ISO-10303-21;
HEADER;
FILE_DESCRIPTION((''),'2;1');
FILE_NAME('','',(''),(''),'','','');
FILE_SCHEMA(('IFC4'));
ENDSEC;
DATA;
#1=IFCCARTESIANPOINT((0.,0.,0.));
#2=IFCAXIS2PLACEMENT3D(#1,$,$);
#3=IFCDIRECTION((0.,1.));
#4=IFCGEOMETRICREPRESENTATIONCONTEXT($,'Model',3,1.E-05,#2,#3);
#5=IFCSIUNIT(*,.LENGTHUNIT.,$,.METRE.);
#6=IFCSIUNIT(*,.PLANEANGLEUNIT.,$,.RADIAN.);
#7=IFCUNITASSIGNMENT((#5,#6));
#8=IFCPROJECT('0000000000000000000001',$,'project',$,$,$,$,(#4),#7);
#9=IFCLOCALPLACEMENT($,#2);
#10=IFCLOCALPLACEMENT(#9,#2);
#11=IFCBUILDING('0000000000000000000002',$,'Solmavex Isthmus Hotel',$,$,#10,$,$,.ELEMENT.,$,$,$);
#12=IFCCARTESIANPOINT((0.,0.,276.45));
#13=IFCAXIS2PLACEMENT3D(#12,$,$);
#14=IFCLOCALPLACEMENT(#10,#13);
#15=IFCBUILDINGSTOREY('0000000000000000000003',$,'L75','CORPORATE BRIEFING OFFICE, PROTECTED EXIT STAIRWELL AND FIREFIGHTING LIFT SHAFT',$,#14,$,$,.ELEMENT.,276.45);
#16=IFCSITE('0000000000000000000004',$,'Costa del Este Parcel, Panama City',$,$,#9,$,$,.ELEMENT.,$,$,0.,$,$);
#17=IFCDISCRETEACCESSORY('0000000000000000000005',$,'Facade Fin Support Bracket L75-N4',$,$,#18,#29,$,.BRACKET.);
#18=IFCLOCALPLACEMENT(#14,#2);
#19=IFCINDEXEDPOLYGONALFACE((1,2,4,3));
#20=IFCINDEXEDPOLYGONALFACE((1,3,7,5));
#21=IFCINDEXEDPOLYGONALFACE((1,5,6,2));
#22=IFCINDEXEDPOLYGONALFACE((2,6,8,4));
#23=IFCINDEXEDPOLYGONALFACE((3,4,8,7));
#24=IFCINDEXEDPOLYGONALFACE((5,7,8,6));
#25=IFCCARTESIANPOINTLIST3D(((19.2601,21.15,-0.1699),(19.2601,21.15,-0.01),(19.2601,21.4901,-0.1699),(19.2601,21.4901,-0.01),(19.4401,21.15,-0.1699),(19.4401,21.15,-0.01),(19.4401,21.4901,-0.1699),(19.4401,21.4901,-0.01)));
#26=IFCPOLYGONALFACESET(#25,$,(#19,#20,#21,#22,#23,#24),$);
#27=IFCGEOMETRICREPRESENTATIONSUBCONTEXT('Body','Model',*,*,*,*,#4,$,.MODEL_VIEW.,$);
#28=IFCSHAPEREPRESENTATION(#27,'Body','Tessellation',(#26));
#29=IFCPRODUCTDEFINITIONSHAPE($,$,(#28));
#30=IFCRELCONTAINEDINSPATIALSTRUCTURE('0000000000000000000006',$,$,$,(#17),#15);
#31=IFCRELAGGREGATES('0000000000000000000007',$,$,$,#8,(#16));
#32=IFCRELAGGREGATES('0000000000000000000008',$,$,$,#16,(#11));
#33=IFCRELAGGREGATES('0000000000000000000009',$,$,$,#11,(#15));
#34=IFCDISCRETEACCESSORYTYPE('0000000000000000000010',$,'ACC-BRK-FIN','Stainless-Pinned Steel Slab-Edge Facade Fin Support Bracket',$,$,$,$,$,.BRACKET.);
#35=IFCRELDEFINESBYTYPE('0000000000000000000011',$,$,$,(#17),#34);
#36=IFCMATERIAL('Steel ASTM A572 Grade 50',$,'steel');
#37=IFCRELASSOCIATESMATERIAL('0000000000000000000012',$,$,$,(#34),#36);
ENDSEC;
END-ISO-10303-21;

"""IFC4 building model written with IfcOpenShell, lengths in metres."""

from ifc_helpers import new_model, si_unit, direction, frame, origin, origin_2d, place, context, subcontext, project, spatial, rectangle, extrude, material, type_object, element, save


model = new_model("IFC4")

# Units and contexts
model_context = context("Model", 3, precision=1e-05, world=origin(), true_north=direction((0.0, 1.0)))
body_context = subcontext(model_context, "Body", "Model", "MODEL_VIEW")
ifc_project = project(units=[si_unit("LENGTHUNIT", "METRE"), si_unit("PLANEANGLEUNIT", "RADIAN")], contexts=[model_context])

# Site, building, storey
site_placement = place(None, origin())
site = spatial("IfcSite", under=ifc_project, at=site_placement, Name="Costa del Este Parcel, Panama City", CompositionType="ELEMENT", RefElevation=0.0)
building_placement = place(site_placement, origin())
building = spatial("IfcBuilding", under=site, at=building_placement, Name="Solmavex Isthmus Hotel", CompositionType="ELEMENT")
storey_placement = place(building_placement, frame((0.0, 0.0, 276.45)))
storey = spatial("IfcBuildingStorey", under=building, at=storey_placement, Name="L75", Description="CORPORATE BRIEFING OFFICE, PROTECTED EXIT STAIRWELL AND FIREFIGHTING LIFT SHAFT", CompositionType="ELEMENT", Elevation=276.45)

# Discrete accessory
ifc_material_1 = material(Name="Steel ASTM A572 Grade 50", Category="steel")
discrete_accessory_type = type_object("IfcDiscreteAccessoryType", Name="ACC-BRK-FIN", Description="Stainless-Pinned Steel Slab-Edge Facade Fin Support Bracket", PredefinedType="BRACKET", material=ifc_material_1)
discrete_accessory_placement = place(storey_placement, frame((19.3501, 21.3201, -0.1699), z_axis=(0.0, 0.0, 1.0), x_axis=(0.0, 1.0, 0.0)))
element("IfcDiscreteAccessory", 1, at=discrete_accessory_placement, inside=storey, type_object=discrete_accessory_type, Name="Facade Fin Support Bracket L75-N4", PredefinedType="BRACKET", context=body_context, shape_type="SweptSolid", body=[
    extrude(rectangle(XDim=0.3401, YDim=0.1799, at=origin_2d()), origin(), (0.0, 0.0, 1.0), 0.1599),
])

save(model, "model.ifc")
